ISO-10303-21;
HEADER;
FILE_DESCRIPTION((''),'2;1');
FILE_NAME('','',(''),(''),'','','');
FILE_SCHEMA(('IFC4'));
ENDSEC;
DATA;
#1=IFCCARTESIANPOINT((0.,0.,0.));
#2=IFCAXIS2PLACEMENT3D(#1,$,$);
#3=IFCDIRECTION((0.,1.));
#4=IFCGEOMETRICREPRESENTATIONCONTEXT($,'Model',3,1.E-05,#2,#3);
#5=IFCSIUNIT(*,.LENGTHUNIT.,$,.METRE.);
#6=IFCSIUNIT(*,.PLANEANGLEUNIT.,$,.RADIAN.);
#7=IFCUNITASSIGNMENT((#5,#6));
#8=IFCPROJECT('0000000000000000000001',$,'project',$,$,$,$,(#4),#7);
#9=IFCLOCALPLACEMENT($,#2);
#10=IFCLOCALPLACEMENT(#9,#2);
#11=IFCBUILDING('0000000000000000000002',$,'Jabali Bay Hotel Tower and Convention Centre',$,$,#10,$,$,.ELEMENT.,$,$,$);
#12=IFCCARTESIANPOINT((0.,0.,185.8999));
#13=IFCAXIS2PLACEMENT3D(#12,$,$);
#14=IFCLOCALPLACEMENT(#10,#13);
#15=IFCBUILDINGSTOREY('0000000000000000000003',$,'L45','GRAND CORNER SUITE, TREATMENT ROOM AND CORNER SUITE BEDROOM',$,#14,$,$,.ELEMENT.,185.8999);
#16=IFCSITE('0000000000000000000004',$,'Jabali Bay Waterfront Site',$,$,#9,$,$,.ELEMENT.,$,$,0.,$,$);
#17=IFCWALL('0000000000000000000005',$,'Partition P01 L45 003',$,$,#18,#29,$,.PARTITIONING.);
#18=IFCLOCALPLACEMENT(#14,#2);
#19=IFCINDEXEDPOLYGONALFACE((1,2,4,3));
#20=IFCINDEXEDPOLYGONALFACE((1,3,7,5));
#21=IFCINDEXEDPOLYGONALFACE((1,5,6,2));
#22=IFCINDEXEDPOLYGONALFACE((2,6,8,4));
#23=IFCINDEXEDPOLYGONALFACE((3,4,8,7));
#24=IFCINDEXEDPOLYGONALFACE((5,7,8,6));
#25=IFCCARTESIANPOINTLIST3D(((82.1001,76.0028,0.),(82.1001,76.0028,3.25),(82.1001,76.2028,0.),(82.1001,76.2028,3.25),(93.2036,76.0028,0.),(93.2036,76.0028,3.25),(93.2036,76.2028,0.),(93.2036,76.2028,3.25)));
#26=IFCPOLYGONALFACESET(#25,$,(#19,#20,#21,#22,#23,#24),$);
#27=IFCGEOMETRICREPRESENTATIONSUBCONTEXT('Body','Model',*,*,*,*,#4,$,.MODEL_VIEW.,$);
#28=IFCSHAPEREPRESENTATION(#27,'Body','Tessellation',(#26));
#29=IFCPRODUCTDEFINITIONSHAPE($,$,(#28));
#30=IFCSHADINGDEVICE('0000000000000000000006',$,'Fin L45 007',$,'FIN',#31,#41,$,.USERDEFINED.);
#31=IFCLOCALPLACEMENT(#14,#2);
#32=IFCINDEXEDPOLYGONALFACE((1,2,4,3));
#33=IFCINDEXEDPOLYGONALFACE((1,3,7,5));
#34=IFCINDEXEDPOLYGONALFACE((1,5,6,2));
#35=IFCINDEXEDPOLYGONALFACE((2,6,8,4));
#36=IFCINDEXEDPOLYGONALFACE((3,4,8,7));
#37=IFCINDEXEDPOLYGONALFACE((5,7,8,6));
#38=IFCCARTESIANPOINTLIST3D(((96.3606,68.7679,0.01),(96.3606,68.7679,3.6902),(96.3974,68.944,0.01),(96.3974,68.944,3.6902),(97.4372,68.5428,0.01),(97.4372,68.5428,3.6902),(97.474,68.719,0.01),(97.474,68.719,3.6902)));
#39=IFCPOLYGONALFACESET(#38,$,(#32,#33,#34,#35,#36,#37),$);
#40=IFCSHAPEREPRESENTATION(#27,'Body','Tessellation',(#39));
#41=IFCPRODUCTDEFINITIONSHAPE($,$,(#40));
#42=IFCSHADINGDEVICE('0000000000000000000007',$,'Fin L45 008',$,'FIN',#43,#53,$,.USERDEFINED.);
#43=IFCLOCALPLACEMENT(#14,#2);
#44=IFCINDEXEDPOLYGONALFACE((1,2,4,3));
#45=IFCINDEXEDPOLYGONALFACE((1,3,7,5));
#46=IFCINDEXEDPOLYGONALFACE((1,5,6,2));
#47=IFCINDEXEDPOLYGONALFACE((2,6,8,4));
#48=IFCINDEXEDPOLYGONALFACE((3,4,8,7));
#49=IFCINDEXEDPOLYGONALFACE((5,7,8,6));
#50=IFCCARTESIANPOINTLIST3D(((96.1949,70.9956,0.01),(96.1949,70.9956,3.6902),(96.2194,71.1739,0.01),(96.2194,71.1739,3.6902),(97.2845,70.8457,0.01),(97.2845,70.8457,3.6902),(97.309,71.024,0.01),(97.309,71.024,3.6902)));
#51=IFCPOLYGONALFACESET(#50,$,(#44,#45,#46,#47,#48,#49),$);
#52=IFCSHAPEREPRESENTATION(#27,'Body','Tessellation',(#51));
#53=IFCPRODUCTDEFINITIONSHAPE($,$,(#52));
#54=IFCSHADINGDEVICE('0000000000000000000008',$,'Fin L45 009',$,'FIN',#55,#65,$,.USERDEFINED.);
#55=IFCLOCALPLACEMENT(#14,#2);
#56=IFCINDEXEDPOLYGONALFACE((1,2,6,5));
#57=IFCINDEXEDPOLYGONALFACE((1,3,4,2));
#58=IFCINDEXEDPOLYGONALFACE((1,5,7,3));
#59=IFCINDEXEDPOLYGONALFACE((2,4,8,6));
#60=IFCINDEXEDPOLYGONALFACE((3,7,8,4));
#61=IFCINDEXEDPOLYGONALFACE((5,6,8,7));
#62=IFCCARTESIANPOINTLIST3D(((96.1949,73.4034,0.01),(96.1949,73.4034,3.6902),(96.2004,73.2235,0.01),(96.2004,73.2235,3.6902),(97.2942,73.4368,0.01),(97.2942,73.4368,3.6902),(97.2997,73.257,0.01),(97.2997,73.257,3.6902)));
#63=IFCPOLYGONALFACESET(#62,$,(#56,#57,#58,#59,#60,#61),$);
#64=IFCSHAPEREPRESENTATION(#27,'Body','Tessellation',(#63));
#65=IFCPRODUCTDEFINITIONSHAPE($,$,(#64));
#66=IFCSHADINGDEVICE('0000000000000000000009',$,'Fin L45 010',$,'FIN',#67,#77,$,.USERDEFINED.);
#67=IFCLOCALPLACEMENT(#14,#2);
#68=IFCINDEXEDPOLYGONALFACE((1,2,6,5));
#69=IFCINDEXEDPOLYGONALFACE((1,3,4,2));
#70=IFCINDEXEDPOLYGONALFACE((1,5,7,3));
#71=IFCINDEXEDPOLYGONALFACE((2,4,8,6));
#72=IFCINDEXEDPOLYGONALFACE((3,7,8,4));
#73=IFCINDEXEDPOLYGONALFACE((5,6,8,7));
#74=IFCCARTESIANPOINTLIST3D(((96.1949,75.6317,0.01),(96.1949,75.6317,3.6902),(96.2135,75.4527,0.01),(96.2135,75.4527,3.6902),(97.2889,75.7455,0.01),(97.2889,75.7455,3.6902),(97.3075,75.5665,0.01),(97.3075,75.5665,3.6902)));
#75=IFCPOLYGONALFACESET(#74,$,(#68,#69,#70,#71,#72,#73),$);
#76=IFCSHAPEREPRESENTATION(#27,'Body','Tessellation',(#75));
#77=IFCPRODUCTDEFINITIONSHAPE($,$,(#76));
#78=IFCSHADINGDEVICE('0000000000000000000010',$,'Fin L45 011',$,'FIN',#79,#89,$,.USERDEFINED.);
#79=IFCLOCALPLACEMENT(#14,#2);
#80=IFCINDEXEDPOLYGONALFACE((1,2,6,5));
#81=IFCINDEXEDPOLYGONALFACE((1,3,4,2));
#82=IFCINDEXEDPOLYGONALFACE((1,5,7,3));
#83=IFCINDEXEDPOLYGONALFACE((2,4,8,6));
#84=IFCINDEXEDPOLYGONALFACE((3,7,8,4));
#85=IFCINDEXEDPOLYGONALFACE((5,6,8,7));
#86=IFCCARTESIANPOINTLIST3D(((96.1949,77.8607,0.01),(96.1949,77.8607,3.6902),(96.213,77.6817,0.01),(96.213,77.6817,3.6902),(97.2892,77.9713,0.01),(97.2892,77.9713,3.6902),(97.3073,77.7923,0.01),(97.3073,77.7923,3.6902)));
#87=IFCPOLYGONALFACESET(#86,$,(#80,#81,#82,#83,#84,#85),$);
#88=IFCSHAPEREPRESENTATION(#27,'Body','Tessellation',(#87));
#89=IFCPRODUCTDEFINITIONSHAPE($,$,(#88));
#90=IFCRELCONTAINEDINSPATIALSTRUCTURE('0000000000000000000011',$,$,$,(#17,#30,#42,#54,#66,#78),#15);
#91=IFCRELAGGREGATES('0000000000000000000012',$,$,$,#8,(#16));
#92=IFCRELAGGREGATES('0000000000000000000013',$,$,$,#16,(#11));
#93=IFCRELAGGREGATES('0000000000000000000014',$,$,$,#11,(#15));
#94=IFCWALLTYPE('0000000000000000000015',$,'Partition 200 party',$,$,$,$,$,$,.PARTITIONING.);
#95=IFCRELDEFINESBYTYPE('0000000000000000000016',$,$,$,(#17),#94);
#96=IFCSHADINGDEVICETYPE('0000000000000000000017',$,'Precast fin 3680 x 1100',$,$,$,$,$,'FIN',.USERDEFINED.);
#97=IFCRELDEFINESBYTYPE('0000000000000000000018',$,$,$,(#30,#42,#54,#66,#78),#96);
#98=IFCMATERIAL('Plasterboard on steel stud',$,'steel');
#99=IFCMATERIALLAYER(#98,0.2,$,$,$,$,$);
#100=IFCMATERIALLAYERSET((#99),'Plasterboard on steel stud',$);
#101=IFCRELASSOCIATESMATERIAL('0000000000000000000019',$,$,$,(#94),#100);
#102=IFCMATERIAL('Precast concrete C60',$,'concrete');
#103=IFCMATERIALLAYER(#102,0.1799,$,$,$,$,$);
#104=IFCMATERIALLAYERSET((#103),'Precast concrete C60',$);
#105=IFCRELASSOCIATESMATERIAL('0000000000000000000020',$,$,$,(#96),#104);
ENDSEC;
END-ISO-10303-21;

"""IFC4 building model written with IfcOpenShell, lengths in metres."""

from ifc_helpers import new_model, si_unit, direction, frame, frame_2d, origin, place, context, subcontext, project, spatial, rectangle, extrude, material, layer, layer_set, type_object, element, save


model = new_model("IFC4")

# Units and contexts
model_context = context("Model", 3, precision=1e-05, world=origin(), true_north=direction((0.0, 1.0)))
body_context = subcontext(model_context, "Body", "Model", "MODEL_VIEW")
ifc_project = project(units=[si_unit("LENGTHUNIT", "METRE"), si_unit("PLANEANGLEUNIT", "RADIAN")], contexts=[model_context])

# Site, building, storey
site_placement = place(None, origin())
site = spatial("IfcSite", under=ifc_project, at=site_placement, Name="Jabali Bay Waterfront Site", CompositionType="ELEMENT", RefElevation=0.0)
building_placement = place(site_placement, origin())
building = spatial("IfcBuilding", under=site, at=building_placement, Name="Jabali Bay Hotel Tower and Convention Centre", CompositionType="ELEMENT")
storey_placement = place(building_placement, frame((0.0, 0.0, 185.8999)))
storey = spatial("IfcBuildingStorey", under=building, at=storey_placement, Name="L45", Description="GRAND CORNER SUITE, TREATMENT ROOM AND CORNER SUITE BEDROOM", CompositionType="ELEMENT", Elevation=185.8999)

# Shared definitions
ifc_material_1 = material(Name="Plasterboard on steel stud", Category="steel")

# Wall
ifc_layer_1 = layer(ifc_material_1, 0.2)
ifc_layer_set_1 = layer_set([ifc_layer_1], Name="Plasterboard on steel stud")
wall_type_1 = type_object("IfcWallType", Name="Partition 200 party", PredefinedType="PARTITIONING", material=ifc_layer_set_1)
wall_1_placement = place(storey_placement, frame((93.2036, 76.1028, 0.0), z_axis=(0.0, 0.0, 1.0), x_axis=(-1.0, 0.0, 0.0)))
element("IfcWall", 1, at=wall_1_placement, inside=storey, type_object=wall_type_1, Name="Partition P01 L45 003", PredefinedType="PARTITIONING", context=body_context, shape_type="SweptSolid", body=[
    extrude(rectangle(XDim=11.1035, YDim=0.2, at=frame_2d((5.5518, 0.0))), origin(), (0.0, 0.0, 1.0), 3.25),
])

# Shading devices
ifc_material_2 = material(Name="Precast concrete C60", Category="concrete")
ifc_layer_2 = layer(ifc_material_2, 0.1799)
ifc_layer_set_2 = layer_set([ifc_layer_2], Name="Precast concrete C60")
shading_device_type = type_object("IfcShadingDeviceType", Name="Precast fin 3680 x 1100", ElementType="FIN", PredefinedType="USERDEFINED", material=ifc_layer_set_2)
for number, where, z_axis, x_axis, name in (
    (2, (96.3792, 68.856, 0.01), (0.0, 0.0, 1.0), (0.978836, -0.204646, 0.0), "Fin L45 007"),
    (3, (96.2073, 71.0847, 0.01), (0.0, 0.0, 1.0), (0.990669, -0.136292, 0.0), "Fin L45 008"),
    (4, (96.1978, 73.3135, 0.01), (0.0, 0.0, 1.0), (0.999538, 0.03041, 0.0), "Fin L45 009"),
    (5, (96.2043, 75.5422, 0.01), (0.0, 0.0, 1.0), (0.994636, 0.103437, 0.0), "Fin L45 010"),
    (6, (96.2041, 77.7712, 0.01), (0.0, 0.0, 1.0), (0.994931, 0.100559, 0.0), "Fin L45 011"),
):
    element("IfcShadingDevice", number, at=place(storey_placement, frame(where, z_axis=z_axis, x_axis=x_axis)), inside=storey, type_object=shading_device_type, Name=name, ObjectType="FIN", PredefinedType="USERDEFINED", context=body_context, shape_type="SweptSolid", body=[
        extrude(rectangle(XDim=1.0999, YDim=0.1799, at=frame_2d((0.5498, 0.0))), origin(), (0.0, 0.0, 1.0), 3.6802),
    ])

save(model, "model.ifc")
